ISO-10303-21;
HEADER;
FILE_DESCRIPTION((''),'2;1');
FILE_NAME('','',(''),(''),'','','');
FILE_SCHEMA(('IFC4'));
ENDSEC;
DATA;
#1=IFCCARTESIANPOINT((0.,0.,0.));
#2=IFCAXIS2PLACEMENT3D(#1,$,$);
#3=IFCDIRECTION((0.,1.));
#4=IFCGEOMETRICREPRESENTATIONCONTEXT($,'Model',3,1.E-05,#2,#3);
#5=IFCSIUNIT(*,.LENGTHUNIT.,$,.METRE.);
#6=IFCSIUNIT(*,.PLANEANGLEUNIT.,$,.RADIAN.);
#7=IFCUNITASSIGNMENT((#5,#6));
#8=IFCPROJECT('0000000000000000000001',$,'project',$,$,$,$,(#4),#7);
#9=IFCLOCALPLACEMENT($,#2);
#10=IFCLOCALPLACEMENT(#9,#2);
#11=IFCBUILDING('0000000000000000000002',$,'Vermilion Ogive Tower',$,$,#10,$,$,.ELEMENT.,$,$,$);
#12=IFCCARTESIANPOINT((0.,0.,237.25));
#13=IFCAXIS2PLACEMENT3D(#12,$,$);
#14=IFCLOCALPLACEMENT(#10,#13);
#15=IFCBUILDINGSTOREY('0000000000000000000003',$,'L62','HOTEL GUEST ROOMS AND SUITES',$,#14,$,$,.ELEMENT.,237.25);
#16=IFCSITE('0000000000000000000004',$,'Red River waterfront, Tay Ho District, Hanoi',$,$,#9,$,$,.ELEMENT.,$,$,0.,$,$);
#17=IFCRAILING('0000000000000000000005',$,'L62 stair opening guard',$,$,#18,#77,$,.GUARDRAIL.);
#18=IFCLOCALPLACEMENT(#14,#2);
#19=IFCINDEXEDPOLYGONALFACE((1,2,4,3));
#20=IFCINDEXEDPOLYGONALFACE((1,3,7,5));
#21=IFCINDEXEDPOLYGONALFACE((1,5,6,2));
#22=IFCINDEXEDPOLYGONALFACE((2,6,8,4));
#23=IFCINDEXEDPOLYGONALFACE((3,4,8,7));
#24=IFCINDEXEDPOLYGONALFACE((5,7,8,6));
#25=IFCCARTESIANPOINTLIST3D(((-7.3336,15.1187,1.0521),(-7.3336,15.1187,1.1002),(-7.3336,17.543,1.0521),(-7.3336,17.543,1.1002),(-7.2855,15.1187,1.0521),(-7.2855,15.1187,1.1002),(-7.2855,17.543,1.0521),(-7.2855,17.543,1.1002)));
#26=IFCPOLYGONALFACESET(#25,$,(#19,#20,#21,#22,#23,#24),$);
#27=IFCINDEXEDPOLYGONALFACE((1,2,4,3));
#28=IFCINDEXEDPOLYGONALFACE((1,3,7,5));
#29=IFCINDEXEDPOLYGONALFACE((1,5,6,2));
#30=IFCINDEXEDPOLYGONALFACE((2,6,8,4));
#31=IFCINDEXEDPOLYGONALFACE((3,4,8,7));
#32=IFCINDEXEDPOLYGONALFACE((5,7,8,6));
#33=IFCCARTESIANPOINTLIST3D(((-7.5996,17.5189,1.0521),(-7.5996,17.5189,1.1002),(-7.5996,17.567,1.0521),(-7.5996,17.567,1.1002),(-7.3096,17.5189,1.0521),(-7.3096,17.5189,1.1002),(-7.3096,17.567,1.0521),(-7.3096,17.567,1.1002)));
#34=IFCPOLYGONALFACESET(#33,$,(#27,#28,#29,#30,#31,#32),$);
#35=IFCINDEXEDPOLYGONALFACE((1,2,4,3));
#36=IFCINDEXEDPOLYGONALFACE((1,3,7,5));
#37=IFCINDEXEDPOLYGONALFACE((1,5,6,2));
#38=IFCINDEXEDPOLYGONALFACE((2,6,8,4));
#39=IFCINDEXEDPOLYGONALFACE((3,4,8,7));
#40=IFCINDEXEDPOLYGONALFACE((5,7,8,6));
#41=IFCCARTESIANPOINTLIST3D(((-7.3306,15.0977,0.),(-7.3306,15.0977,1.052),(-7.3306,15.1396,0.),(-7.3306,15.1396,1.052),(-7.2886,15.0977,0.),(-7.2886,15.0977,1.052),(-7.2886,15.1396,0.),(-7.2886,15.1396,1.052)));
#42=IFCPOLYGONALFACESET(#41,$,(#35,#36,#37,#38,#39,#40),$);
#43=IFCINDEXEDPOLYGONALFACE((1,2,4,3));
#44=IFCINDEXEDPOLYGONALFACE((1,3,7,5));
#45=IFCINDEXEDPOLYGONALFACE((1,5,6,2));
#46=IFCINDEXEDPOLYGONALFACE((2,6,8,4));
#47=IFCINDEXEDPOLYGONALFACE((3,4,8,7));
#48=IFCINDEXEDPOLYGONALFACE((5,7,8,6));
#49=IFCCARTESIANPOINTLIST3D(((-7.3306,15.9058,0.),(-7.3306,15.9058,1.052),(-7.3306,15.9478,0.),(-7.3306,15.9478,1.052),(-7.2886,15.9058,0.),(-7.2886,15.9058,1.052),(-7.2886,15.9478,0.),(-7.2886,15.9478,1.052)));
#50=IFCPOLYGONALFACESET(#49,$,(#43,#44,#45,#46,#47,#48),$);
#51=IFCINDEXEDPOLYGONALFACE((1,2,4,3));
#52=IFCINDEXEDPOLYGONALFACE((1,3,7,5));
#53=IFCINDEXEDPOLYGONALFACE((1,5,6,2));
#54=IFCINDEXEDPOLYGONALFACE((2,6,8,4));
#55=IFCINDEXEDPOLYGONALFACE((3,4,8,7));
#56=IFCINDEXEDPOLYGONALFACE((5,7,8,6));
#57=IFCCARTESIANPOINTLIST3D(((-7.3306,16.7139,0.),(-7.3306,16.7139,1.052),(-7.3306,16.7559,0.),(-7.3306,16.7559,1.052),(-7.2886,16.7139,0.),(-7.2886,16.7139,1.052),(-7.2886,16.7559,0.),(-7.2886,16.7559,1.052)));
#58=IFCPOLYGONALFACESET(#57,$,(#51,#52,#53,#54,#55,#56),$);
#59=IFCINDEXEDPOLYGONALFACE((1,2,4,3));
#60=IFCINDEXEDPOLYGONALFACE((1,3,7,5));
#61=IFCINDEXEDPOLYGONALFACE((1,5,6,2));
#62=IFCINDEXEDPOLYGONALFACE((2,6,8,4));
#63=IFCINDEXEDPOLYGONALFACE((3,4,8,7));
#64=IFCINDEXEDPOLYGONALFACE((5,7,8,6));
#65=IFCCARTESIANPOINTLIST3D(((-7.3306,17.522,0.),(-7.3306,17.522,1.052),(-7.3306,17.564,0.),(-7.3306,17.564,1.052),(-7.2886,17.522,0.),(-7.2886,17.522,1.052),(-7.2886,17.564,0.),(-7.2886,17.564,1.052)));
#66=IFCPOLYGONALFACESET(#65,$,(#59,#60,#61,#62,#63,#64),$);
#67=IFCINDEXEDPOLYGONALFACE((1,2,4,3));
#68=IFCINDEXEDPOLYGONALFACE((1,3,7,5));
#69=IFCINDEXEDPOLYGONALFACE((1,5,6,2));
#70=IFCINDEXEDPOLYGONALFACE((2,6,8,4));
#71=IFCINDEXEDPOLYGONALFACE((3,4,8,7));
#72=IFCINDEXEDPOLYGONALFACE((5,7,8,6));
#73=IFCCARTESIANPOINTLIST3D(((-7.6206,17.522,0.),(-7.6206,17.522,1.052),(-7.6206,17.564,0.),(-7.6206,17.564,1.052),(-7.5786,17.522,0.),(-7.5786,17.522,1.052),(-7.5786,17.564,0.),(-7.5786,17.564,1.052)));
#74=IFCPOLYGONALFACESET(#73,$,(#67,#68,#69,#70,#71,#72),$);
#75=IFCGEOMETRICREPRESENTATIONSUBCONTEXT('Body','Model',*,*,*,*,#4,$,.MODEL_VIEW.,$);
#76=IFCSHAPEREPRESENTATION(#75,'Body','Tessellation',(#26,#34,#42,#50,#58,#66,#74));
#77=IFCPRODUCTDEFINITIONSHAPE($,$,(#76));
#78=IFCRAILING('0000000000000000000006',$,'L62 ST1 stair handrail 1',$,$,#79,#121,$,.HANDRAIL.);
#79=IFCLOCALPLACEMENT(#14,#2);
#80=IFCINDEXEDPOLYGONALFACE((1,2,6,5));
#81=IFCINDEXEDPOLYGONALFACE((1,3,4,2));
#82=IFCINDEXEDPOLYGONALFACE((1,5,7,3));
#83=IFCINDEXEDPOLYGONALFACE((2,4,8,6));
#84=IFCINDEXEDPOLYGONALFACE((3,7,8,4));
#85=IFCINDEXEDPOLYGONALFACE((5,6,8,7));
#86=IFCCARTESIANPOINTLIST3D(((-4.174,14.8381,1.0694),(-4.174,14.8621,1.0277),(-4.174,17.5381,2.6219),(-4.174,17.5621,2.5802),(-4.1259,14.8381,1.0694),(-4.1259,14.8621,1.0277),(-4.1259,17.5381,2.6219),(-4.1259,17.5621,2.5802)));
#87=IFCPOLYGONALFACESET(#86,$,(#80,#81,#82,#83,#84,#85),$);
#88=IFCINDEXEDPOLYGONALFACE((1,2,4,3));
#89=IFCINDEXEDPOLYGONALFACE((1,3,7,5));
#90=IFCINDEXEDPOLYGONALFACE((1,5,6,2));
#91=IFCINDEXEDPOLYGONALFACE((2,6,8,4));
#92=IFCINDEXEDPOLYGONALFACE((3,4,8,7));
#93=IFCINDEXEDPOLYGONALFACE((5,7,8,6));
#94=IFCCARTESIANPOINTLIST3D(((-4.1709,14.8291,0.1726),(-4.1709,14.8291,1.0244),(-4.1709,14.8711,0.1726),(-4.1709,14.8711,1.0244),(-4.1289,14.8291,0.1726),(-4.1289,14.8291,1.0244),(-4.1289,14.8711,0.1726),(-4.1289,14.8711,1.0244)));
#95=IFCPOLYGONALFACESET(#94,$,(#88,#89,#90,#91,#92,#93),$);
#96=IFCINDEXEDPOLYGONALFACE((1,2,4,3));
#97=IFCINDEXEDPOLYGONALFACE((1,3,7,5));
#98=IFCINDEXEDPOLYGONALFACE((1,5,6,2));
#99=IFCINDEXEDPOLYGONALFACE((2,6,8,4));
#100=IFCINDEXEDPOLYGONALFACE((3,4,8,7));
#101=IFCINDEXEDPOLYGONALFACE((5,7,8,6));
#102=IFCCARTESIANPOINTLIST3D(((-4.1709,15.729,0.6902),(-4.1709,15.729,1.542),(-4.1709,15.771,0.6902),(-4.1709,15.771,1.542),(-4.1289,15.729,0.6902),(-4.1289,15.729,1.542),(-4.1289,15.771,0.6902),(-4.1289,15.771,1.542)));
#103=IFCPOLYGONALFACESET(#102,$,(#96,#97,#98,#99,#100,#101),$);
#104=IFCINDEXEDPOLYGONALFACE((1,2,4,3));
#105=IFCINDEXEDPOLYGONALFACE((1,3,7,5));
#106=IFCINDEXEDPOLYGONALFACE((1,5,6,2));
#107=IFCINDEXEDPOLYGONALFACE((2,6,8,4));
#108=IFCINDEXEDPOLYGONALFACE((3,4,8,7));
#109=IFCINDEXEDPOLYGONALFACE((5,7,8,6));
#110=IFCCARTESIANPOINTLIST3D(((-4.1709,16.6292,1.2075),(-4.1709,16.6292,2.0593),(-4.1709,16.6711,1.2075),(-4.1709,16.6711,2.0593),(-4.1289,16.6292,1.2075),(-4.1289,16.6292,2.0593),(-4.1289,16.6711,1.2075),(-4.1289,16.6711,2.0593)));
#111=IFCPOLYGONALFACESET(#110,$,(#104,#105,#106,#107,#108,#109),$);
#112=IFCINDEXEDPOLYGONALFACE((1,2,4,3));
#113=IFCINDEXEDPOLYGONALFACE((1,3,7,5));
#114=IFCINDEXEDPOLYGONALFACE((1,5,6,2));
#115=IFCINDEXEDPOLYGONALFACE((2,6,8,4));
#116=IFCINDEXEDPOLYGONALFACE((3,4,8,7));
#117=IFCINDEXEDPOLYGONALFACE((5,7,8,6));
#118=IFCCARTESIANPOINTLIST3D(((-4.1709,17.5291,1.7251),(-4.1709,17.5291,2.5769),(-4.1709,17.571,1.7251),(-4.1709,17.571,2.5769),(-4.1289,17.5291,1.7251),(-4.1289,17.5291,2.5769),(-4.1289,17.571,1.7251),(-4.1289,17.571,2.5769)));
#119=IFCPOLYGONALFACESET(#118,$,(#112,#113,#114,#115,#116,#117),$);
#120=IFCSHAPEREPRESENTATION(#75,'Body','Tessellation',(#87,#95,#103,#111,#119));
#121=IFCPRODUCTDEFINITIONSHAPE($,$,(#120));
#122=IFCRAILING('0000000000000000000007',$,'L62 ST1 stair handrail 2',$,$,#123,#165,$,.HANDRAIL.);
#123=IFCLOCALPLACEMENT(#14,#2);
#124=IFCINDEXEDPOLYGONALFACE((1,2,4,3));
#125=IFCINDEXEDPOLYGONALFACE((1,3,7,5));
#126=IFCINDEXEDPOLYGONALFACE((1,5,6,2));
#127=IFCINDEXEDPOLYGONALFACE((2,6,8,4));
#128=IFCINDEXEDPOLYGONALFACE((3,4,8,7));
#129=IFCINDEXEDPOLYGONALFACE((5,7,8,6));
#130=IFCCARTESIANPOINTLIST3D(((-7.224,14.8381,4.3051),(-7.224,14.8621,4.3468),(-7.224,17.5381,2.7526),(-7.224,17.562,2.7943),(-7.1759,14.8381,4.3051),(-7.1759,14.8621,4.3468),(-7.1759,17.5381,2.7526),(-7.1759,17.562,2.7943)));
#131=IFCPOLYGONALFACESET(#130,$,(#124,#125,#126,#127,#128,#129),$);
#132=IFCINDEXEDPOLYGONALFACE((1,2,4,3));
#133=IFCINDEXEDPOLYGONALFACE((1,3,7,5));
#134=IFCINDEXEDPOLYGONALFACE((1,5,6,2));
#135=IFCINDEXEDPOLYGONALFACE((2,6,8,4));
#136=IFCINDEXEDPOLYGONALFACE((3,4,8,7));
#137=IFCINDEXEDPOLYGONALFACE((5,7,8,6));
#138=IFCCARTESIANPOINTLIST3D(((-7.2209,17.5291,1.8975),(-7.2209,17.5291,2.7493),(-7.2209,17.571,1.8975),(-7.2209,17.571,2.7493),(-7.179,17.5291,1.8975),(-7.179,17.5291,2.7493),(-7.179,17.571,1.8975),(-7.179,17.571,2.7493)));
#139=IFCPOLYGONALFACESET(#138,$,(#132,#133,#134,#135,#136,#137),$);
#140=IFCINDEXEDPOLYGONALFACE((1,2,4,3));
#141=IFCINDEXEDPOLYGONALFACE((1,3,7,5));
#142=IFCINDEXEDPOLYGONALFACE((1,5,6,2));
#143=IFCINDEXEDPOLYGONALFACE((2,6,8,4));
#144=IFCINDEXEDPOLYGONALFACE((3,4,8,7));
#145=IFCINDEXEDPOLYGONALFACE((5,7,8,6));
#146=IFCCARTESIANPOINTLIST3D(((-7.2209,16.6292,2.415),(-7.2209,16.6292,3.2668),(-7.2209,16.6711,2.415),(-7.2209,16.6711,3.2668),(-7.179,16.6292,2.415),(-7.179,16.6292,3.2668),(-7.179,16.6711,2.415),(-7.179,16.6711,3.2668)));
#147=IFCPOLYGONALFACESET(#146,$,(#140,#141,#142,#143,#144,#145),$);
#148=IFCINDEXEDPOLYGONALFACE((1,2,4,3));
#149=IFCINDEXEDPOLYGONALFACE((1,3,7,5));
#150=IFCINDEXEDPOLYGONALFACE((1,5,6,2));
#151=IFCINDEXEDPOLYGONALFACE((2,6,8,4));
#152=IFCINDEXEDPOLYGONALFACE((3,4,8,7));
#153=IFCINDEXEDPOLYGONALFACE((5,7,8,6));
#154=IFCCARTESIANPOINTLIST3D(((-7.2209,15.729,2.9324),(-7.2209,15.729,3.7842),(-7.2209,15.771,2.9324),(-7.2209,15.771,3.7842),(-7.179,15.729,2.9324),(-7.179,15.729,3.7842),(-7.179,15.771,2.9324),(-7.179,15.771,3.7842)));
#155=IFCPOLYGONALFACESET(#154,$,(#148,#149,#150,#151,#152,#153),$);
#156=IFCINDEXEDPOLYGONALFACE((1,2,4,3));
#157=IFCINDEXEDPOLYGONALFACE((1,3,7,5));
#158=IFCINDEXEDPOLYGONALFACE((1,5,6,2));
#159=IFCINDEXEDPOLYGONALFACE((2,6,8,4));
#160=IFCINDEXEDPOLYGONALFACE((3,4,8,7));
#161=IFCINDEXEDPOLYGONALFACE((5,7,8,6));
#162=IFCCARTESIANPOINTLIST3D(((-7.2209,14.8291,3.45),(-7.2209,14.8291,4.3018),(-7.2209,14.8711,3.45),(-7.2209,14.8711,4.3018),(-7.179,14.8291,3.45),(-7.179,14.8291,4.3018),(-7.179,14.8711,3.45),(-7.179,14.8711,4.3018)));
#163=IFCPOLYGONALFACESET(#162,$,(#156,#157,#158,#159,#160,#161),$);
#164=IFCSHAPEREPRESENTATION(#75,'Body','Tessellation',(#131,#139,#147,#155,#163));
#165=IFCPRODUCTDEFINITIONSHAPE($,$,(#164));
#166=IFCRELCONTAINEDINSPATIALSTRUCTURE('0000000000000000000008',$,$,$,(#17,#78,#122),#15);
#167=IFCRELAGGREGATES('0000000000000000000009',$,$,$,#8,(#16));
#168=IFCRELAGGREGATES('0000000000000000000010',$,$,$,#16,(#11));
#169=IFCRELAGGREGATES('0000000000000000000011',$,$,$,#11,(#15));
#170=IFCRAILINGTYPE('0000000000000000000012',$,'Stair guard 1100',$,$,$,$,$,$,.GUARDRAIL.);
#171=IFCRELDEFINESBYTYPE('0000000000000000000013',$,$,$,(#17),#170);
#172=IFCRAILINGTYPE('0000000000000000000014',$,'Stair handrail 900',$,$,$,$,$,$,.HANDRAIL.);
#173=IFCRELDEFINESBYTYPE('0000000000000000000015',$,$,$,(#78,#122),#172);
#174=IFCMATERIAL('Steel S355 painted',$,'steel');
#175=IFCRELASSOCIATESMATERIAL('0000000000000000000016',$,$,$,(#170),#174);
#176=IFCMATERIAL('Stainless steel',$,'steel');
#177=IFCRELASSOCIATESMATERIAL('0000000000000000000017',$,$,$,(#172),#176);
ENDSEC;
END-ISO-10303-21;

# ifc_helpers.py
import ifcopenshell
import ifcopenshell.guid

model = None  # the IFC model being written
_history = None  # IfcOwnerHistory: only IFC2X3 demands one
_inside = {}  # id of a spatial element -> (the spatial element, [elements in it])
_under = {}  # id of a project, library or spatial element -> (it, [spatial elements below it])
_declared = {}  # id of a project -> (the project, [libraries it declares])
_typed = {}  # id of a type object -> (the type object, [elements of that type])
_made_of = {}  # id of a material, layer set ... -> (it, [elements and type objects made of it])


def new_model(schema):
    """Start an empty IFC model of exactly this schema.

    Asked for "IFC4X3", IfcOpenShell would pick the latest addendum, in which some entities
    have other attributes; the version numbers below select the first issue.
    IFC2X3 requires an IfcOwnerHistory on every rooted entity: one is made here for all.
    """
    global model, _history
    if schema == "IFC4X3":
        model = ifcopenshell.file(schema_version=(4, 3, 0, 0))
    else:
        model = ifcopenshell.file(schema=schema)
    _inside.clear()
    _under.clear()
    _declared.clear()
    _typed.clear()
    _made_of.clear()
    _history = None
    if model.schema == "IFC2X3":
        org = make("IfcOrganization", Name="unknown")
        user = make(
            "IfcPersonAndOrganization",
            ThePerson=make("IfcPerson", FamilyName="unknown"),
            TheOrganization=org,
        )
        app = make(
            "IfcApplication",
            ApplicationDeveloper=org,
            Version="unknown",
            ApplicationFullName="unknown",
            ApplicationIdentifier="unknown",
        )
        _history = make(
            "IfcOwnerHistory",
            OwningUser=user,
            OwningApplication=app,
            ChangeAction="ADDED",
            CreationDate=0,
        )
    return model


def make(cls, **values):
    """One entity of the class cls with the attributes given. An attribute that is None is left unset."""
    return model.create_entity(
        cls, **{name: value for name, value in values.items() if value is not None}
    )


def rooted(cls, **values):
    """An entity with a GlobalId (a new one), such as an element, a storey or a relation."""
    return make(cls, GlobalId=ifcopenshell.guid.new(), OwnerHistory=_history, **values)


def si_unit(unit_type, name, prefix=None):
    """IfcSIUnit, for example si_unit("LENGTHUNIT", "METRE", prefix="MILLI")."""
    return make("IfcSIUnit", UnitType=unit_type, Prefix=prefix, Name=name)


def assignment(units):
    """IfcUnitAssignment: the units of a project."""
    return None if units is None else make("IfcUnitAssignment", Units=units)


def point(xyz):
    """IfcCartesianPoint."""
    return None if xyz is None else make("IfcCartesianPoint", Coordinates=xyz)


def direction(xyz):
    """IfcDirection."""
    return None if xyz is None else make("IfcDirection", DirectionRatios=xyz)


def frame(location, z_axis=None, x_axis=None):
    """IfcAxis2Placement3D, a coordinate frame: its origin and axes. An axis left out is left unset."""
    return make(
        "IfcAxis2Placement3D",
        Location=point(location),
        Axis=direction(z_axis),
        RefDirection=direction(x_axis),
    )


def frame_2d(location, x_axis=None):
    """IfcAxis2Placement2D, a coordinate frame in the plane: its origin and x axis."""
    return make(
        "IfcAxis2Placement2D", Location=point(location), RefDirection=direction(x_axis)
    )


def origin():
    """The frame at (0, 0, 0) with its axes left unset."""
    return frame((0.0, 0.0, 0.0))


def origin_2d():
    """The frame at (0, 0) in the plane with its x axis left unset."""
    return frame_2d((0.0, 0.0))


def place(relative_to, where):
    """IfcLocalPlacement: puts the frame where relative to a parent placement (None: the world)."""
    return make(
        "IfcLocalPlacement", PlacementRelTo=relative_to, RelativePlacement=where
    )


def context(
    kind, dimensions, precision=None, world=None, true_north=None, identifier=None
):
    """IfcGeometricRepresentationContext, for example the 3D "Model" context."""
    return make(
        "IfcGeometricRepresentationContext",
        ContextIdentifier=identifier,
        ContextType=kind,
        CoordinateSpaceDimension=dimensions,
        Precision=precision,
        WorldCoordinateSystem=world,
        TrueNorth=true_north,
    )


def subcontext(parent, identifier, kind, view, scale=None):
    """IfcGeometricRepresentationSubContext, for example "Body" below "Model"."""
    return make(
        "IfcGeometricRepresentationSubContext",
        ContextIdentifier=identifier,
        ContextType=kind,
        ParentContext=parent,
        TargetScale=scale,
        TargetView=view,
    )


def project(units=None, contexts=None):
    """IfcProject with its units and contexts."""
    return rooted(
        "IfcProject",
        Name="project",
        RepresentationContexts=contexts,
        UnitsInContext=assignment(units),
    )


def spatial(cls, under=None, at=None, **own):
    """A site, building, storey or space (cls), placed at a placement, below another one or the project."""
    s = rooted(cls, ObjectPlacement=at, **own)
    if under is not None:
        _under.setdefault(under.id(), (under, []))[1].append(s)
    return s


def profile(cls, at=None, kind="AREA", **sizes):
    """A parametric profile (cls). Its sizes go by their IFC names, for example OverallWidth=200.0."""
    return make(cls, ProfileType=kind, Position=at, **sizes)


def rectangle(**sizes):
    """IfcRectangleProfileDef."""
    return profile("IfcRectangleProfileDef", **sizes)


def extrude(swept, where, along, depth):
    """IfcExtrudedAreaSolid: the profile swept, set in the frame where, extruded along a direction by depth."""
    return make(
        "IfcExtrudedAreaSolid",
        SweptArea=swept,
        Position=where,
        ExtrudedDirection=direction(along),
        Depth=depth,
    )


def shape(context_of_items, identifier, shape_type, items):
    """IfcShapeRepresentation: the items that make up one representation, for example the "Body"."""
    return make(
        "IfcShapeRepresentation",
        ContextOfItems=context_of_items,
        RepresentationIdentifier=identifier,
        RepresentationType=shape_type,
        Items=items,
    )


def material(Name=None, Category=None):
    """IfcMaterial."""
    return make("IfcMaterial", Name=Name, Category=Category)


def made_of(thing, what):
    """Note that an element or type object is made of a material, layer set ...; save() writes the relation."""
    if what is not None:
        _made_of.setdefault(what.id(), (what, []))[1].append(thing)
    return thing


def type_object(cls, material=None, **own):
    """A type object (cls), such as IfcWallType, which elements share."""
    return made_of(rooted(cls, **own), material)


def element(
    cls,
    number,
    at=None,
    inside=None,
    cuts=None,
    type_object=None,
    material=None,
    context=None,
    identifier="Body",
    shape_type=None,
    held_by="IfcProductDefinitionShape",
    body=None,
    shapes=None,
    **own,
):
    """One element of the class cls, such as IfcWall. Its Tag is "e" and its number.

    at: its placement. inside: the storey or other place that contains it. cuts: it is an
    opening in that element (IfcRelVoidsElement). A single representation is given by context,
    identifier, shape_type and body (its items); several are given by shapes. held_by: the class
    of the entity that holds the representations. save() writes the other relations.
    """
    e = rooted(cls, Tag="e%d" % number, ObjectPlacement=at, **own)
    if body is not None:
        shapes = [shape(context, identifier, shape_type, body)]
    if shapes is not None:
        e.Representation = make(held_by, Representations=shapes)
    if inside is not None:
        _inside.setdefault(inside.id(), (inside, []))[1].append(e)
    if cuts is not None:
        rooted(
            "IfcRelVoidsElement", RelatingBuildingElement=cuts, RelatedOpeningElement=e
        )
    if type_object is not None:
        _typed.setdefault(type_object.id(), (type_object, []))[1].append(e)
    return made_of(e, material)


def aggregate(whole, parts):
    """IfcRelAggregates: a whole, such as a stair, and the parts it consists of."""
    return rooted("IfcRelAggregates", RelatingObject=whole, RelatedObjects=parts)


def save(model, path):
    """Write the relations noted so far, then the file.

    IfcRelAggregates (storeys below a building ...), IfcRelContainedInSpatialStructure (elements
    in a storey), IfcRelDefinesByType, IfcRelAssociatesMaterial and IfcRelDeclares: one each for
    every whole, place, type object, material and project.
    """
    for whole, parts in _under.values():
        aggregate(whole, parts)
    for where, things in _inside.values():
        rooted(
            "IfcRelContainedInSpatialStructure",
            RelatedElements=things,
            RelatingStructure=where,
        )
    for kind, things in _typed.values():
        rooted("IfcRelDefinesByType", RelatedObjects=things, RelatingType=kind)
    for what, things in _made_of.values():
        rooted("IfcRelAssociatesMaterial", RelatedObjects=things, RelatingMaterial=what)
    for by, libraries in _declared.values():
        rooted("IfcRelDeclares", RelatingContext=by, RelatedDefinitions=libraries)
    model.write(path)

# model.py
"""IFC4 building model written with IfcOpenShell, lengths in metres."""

from ifc_helpers import new_model, si_unit, direction, frame, origin, origin_2d, place, context, subcontext, project, spatial, rectangle, extrude, material, type_object, element, save


model = new_model("IFC4")

# Units and contexts
model_context = context("Model", 3, precision=1e-05, world=origin(), true_north=direction((0.0, 1.0)))
body_context = subcontext(model_context, "Body", "Model", "MODEL_VIEW")
ifc_project = project(units=[si_unit("LENGTHUNIT", "METRE"), si_unit("PLANEANGLEUNIT", "RADIAN")], contexts=[model_context])

# Site, building, storey
site_placement = place(None, origin())
site = spatial("IfcSite", under=ifc_project, at=site_placement, Name="Red River waterfront, Tay Ho District, Hanoi", CompositionType="ELEMENT", RefElevation=0.0)
building_placement = place(site_placement, origin())
building = spatial("IfcBuilding", under=site, at=building_placement, Name="Vermilion Ogive Tower", CompositionType="ELEMENT")
storey_placement = place(building_placement, frame((0.0, 0.0, 237.25)))
storey = spatial("IfcBuildingStorey", under=building, at=storey_placement, Name="L62", Description="HOTEL GUEST ROOMS AND SUITES", CompositionType="ELEMENT", Elevation=237.25)

# Railings
ifc_material_1 = material(Name="Steel S355 painted", Category="steel")
railing_type_1 = type_object("IfcRailingType", Name="Stair guard 1100", PredefinedType="GUARDRAIL", material=ifc_material_1)
railing_1_placement = place(storey_placement, frame((-7.3096, 15.1187, 0.0)))
element("IfcRailing", 1, at=railing_1_placement, inside=storey, type_object=railing_type_1, Name="L62 stair opening guard", PredefinedType="GUARDRAIL", context=body_context, shape_type="SweptSolid", body=[
    extrude(rectangle(XDim=0.0481, YDim=0.0481, at=origin_2d()), frame((0.0, 0.0, 1.0762), z_axis=(0.0, 1.0, 0.0), x_axis=(-1.0, 0.0, 0.0)), (0.0, 0.0, 1.0), 2.4243),
    extrude(rectangle(XDim=0.0481, YDim=0.0481, at=origin_2d()), frame((0.0, 2.4243, 1.0762), z_axis=(-1.0, 0.0, 0.0), x_axis=(0.0, -1.0, 0.0)), (0.0, 0.0, 1.0), 0.29),
    extrude(rectangle(XDim=0.042, YDim=0.042, at=origin_2d()), origin(), (0.0, 0.0, 1.0), 1.052),
    extrude(rectangle(XDim=0.042, YDim=0.042, at=origin_2d()), frame((0.0, 0.8081, 0.0)), (0.0, 0.0, 1.0), 1.052),
    extrude(rectangle(XDim=0.042, YDim=0.042, at=origin_2d()), frame((0.0, 1.6162, 0.0)), (0.0, 0.0, 1.0), 1.052),
    extrude(rectangle(XDim=0.042, YDim=0.042, at=origin_2d()), frame((0.0, 2.4243, 0.0)), (0.0, 0.0, 1.0), 1.052),
    extrude(rectangle(XDim=0.042, YDim=0.042, at=origin_2d()), frame((-0.29, 2.4243, 0.0)), (0.0, 0.0, 1.0), 1.052),
])
ifc_material_2 = material(Name="Stainless steel", Category="steel")
railing_type_2 = type_object("IfcRailingType", Name="Stair handrail 900", PredefinedType="HANDRAIL", material=ifc_material_2)
railing_2_placement = place(storey_placement, frame((-4.1499, 14.8501, 0.1726)))
element("IfcRailing", 2, at=railing_2_placement, inside=storey, type_object=railing_type_2, Name="L62 ST1 stair handrail 1", PredefinedType="HANDRAIL", context=body_context, shape_type="SweptSolid", body=[
    extrude(rectangle(XDim=0.0481, YDim=0.0481, at=origin_2d()), frame((0.0, 0.0, 0.876), z_axis=(0.0, 0.866904, 0.498476), x_axis=(-1.0, 0.0, 0.0)), (0.0, 0.0, 1.0), 3.1145),
    extrude(rectangle(XDim=0.042, YDim=0.042, at=origin_2d()), origin(), (0.0, 0.0, 1.0), 0.8518),
    extrude(rectangle(XDim=0.042, YDim=0.042, at=origin_2d()), frame((0.0, 0.8999, 0.5176)), (0.0, 0.0, 1.0), 0.8518),
    extrude(rectangle(XDim=0.042, YDim=0.042, at=origin_2d()), frame((0.0, 1.8, 1.0349)), (0.0, 0.0, 1.0), 0.8518),
    extrude(rectangle(XDim=0.042, YDim=0.042, at=origin_2d()), frame((0.0, 2.7, 1.5525)), (0.0, 0.0, 1.0), 0.8518),
])
railing_3_placement = place(storey_placement, frame((-7.2, 17.55, 1.8975)))
element("IfcRailing", 3, at=railing_3_placement, inside=storey, type_object=railing_type_2, Name="L62 ST1 stair handrail 2", PredefinedType="HANDRAIL", context=body_context, shape_type="SweptSolid", body=[
    extrude(rectangle(XDim=0.0481, YDim=0.0481, at=origin_2d()), frame((0.0, 0.0, 0.876), z_axis=(0.0, -0.866904, 0.498476), x_axis=(1.0, 0.0, 0.0)), (0.0, 0.0, 1.0), 3.1145),
    extrude(rectangle(XDim=0.042, YDim=0.042, at=origin_2d()), origin(), (0.0, 0.0, 1.0), 0.8518),
    extrude(rectangle(XDim=0.042, YDim=0.042, at=origin_2d()), frame((0.0, -0.8999, 0.5176)), (0.0, 0.0, 1.0), 0.8518),
    extrude(rectangle(XDim=0.042, YDim=0.042, at=origin_2d()), frame((0.0, -1.8, 1.0349)), (0.0, 0.0, 1.0), 0.8518),
    extrude(rectangle(XDim=0.042, YDim=0.042, at=origin_2d()), frame((0.0, -2.7, 1.5525)), (0.0, 0.0, 1.0), 0.8518),
])

save(model, "model.ifc")
